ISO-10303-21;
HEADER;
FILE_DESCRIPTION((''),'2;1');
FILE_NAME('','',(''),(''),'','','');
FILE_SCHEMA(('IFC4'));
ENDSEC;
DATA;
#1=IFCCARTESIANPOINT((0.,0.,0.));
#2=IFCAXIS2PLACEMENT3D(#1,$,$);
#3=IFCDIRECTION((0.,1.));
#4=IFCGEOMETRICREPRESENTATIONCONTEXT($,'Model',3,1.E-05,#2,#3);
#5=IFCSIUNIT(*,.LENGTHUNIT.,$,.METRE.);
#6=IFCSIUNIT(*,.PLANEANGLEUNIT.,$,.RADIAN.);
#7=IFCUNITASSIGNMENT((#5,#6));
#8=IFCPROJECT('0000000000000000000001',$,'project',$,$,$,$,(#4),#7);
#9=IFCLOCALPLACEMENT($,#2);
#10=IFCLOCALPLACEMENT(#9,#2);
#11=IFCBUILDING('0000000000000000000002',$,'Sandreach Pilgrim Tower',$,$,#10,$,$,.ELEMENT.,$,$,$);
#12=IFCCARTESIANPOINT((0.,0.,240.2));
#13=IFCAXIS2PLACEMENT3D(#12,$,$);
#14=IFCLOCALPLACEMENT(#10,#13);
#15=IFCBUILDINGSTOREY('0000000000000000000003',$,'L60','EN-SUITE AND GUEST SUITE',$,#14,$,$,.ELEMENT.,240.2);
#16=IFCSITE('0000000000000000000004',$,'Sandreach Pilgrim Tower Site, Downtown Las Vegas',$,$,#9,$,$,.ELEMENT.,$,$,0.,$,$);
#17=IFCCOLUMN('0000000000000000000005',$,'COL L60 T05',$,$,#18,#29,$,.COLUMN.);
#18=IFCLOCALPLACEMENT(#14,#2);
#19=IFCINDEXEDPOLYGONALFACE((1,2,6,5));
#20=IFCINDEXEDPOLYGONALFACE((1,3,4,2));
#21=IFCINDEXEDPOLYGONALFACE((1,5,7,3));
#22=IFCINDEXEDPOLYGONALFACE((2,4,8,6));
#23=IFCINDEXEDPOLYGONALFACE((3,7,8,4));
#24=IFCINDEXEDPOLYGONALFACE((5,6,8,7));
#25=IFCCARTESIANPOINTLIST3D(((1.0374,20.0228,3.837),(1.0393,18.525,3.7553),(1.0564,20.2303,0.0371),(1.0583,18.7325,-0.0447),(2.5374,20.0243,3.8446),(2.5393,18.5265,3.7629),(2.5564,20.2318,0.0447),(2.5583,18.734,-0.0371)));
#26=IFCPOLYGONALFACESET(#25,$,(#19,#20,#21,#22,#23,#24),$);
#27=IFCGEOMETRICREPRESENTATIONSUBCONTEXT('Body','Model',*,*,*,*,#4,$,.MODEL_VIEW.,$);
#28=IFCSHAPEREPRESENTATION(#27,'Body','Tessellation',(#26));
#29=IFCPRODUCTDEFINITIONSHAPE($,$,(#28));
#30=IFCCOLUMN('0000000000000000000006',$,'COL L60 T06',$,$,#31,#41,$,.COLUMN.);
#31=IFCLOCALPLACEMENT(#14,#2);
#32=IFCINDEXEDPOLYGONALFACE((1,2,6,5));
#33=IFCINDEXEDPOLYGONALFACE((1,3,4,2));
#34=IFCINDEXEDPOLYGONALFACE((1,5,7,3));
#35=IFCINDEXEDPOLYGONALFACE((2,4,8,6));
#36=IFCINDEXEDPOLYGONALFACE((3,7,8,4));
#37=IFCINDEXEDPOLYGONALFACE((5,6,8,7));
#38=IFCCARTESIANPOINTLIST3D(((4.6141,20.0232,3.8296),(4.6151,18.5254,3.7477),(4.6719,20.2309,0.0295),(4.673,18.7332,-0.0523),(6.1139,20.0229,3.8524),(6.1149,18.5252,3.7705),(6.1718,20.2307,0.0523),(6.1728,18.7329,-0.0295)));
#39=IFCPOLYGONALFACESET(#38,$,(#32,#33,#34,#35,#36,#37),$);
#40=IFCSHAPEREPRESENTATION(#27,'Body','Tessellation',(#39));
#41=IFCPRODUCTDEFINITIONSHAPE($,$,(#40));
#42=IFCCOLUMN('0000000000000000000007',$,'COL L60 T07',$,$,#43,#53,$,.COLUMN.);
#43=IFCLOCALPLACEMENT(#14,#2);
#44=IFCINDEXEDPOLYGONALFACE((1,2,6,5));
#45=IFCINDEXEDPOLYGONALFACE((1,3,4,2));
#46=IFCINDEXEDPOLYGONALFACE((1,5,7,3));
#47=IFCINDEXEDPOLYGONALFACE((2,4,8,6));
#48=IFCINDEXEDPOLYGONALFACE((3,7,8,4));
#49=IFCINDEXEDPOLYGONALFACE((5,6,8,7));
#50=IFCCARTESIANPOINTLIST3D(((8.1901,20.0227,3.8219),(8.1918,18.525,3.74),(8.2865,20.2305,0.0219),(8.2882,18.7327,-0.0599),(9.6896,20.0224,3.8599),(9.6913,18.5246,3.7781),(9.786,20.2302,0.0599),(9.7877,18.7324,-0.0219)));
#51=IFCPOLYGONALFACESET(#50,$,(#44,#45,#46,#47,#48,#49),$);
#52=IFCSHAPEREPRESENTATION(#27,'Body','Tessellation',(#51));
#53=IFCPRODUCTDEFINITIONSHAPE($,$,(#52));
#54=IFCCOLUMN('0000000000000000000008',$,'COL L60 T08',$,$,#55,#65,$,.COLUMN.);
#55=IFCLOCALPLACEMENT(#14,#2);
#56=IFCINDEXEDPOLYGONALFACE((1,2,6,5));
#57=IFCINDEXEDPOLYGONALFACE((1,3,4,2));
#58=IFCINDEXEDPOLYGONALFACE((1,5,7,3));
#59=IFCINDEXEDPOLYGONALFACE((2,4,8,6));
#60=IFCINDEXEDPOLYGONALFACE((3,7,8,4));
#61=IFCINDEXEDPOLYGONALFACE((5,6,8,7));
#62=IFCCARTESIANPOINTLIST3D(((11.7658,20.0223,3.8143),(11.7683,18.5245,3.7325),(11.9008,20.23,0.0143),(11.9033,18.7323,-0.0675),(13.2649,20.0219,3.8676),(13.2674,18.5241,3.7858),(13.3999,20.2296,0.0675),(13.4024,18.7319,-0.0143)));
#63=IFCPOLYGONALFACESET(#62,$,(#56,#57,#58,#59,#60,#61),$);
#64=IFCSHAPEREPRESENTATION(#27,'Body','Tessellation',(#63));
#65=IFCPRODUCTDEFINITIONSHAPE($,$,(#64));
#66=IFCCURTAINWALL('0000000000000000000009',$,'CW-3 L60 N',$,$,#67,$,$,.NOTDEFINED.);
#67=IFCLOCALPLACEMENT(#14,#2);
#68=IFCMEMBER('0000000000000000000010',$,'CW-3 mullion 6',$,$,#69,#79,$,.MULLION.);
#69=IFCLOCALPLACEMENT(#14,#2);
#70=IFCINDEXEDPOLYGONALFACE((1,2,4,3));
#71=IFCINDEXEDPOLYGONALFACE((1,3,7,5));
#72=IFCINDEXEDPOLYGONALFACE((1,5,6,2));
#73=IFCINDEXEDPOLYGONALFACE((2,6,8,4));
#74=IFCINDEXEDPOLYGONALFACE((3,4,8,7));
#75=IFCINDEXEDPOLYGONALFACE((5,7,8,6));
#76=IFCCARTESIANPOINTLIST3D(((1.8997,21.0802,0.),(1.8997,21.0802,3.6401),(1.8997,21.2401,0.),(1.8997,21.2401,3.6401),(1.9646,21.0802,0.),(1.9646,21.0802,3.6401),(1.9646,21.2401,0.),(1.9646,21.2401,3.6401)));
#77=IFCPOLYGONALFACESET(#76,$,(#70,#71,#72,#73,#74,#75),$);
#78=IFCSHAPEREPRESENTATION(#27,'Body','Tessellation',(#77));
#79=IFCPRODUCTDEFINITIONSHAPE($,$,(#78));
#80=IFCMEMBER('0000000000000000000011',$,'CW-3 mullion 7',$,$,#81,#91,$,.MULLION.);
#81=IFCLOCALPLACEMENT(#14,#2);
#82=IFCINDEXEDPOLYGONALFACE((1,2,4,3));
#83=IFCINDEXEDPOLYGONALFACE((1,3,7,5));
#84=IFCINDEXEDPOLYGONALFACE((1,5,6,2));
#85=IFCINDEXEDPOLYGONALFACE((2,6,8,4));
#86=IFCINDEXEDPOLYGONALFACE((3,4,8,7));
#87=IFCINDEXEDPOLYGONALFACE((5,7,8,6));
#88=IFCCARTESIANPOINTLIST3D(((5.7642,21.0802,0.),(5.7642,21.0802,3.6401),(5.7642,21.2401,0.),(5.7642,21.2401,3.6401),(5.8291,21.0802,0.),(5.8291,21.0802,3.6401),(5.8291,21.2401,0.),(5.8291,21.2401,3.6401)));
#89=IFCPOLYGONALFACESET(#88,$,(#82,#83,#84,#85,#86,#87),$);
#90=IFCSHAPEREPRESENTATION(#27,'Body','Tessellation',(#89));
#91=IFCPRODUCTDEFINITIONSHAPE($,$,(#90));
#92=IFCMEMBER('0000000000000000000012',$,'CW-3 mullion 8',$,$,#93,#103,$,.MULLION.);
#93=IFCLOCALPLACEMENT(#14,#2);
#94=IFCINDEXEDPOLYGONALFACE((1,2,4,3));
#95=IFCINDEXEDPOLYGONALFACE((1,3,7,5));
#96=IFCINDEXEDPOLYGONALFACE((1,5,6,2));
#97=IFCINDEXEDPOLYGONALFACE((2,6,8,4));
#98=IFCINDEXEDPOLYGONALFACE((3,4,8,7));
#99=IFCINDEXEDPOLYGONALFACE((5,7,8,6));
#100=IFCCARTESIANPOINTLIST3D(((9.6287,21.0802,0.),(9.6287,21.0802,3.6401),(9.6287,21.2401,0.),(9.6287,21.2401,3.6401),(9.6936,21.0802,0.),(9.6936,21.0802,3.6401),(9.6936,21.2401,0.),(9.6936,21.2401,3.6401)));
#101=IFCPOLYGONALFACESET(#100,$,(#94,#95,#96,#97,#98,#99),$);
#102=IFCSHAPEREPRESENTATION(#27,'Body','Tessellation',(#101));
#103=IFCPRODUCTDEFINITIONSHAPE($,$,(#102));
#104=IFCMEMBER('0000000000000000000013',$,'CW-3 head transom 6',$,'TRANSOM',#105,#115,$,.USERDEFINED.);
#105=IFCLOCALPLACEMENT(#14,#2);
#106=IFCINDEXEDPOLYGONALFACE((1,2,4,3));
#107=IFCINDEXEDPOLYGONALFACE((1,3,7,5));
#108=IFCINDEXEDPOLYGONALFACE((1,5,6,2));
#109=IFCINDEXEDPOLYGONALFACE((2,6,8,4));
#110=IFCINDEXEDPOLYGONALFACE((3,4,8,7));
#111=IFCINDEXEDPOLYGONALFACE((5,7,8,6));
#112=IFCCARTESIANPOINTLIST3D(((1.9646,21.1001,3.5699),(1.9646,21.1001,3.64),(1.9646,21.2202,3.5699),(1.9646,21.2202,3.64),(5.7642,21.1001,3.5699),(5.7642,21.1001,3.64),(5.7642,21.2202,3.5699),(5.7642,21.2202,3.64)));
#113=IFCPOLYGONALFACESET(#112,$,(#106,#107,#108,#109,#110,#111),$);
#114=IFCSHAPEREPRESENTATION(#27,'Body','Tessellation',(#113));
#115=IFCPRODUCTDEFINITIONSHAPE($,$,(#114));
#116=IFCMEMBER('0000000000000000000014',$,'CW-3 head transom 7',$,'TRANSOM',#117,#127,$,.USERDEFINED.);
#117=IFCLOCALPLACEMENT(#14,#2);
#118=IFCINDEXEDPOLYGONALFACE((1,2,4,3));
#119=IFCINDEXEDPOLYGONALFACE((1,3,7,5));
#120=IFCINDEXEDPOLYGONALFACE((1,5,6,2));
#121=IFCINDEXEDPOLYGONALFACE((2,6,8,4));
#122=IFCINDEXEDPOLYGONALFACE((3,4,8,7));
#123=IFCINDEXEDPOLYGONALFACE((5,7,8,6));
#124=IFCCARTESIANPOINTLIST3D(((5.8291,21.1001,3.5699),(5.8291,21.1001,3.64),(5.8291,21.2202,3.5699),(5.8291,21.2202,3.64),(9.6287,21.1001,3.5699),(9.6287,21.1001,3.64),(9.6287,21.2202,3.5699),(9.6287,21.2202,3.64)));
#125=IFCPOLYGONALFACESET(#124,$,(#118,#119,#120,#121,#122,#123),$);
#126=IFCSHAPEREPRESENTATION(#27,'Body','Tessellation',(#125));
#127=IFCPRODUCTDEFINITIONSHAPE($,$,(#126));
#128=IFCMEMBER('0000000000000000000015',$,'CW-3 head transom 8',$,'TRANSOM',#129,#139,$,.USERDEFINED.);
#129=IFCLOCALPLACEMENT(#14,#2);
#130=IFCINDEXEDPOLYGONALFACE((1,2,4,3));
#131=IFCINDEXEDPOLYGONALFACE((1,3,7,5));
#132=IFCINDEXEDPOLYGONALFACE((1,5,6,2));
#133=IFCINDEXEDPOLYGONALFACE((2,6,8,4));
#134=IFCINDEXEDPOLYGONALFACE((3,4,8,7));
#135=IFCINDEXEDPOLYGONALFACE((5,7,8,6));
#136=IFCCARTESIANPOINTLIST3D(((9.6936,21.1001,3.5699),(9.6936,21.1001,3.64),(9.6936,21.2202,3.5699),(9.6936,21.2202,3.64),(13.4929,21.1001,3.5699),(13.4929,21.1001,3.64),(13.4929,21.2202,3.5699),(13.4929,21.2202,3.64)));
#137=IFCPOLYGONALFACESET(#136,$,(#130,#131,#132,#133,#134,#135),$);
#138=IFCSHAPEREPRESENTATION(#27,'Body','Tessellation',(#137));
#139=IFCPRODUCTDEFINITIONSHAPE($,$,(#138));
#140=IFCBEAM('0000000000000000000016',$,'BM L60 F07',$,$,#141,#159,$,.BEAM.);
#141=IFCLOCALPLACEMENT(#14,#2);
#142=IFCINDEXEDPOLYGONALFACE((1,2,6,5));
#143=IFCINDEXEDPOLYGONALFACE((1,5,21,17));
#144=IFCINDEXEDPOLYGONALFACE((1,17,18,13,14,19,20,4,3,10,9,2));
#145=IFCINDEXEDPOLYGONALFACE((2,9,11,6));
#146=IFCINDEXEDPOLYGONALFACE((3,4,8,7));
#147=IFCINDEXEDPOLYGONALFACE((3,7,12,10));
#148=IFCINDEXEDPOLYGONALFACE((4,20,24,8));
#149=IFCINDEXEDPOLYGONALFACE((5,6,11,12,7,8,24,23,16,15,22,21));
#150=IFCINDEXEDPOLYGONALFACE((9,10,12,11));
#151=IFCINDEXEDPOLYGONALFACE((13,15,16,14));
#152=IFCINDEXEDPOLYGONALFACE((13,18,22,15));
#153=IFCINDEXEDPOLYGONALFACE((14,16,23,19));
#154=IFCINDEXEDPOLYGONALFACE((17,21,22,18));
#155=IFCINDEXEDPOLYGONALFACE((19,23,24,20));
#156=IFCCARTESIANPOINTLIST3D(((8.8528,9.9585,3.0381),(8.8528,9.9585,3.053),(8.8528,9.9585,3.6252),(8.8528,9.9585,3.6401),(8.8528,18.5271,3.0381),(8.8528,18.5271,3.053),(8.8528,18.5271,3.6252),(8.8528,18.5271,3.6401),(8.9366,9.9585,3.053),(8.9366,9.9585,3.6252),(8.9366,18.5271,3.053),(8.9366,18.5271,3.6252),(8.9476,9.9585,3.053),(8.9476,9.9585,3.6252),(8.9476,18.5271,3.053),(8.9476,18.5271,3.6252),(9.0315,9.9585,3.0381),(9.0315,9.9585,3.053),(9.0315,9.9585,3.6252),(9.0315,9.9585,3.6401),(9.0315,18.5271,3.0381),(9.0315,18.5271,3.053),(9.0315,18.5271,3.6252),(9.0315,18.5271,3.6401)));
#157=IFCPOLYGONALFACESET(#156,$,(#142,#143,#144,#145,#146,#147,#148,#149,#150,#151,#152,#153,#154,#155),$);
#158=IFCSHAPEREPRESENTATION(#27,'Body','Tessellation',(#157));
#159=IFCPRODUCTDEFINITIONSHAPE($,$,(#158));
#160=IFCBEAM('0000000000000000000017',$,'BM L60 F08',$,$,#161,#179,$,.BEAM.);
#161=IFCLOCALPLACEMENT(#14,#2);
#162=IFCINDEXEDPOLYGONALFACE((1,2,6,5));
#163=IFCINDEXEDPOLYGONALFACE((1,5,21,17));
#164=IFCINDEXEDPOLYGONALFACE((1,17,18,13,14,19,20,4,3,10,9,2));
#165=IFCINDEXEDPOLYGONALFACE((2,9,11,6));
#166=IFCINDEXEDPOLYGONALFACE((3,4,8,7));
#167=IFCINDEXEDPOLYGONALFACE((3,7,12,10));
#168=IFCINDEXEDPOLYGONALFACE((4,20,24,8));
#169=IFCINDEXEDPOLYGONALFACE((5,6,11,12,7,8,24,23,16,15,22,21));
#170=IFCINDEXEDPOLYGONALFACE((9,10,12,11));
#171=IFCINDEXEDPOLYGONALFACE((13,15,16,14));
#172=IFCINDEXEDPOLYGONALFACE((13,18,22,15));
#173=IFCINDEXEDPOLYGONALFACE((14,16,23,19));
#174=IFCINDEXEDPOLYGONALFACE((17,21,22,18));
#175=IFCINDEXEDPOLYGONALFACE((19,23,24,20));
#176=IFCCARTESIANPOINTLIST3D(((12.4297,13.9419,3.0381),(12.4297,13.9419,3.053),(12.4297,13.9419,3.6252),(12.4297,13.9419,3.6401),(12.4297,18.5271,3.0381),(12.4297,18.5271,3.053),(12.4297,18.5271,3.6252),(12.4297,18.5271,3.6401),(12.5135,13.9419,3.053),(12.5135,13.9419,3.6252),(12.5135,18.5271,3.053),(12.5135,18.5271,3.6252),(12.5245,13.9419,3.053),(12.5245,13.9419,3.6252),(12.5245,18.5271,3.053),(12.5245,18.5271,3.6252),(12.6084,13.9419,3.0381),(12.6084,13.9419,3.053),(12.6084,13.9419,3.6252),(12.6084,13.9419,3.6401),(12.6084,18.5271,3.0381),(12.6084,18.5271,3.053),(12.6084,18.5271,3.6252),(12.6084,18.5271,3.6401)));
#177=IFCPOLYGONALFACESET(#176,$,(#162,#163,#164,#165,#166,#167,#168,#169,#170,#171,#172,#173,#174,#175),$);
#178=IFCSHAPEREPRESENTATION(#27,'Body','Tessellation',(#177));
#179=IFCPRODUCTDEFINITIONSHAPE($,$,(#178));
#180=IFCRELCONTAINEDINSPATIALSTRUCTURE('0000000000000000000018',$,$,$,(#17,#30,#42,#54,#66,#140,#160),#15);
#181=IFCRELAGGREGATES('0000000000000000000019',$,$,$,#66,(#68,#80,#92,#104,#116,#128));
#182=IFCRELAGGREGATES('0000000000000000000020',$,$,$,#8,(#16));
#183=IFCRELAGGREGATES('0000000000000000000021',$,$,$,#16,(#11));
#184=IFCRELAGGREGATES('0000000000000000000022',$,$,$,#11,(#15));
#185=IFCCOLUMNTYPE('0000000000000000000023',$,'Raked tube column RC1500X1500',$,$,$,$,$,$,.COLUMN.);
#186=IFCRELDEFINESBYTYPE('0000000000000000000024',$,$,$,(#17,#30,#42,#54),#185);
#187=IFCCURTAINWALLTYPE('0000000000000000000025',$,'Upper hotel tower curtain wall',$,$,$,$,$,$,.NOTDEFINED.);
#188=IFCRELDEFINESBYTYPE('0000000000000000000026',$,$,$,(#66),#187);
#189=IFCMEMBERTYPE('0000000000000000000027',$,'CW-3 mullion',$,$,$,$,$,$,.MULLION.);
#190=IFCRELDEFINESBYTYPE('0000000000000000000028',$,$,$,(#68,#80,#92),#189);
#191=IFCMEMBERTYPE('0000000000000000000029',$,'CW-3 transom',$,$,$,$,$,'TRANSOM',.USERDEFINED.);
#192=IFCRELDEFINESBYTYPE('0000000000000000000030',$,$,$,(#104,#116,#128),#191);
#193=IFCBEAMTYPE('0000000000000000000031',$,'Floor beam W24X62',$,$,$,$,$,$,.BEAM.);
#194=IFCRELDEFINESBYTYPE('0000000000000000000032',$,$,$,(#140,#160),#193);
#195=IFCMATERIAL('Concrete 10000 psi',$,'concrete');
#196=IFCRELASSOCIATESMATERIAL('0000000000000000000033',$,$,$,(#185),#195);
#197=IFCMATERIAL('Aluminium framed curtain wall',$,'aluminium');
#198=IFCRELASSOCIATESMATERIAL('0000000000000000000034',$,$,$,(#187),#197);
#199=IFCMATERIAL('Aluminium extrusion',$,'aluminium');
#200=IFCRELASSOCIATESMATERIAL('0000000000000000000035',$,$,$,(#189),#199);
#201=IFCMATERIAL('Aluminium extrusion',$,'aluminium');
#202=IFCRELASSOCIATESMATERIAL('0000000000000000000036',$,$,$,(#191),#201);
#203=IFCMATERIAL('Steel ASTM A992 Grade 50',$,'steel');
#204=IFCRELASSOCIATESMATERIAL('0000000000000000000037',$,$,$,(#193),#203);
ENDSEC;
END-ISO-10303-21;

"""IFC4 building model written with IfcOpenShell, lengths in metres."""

from ifc_helpers import new_model, si_unit, direction, frame, origin, origin_2d, place, context, subcontext, project, spatial, rectangle, i_section, extrude, material, material_profile, profile_set, type_object, element, aggregate, save


model = new_model("IFC4")

# Units and contexts
model_context = context("Model", 3, precision=1e-05, world=origin(), true_north=direction((0.0, 1.0)))
body_context = subcontext(model_context, "Body", "Model", "MODEL_VIEW")
ifc_project = project(units=[si_unit("LENGTHUNIT", "METRE"), si_unit("PLANEANGLEUNIT", "RADIAN")], contexts=[model_context])

# Site, building, storey
site_placement = place(None, origin())
site = spatial("IfcSite", under=ifc_project, at=site_placement, Name="Sandreach Pilgrim Tower Site, Downtown Las Vegas", CompositionType="ELEMENT", RefElevation=0.0)
building_placement = place(site_placement, origin())
building = spatial("IfcBuilding", under=site, at=building_placement, Name="Sandreach Pilgrim Tower", CompositionType="ELEMENT")
storey_placement = place(building_placement, frame((0.0, 0.0, 240.2)))
storey = spatial("IfcBuildingStorey", under=building, at=storey_placement, Name="L60", Description="EN-SUITE AND GUEST SUITE", CompositionType="ELEMENT", Elevation=240.2)

# Columns
ifc_material_1 = material(Name="Concrete 10000 psi", Category="concrete")
ifc_material_profile_1 = material_profile(ifc_material_1, rectangle(XDim=1.5, YDim=1.5, at=origin_2d()), Name="RC1500X1500")
ifc_profile_set_1 = profile_set([ifc_material_profile_1], Name="Concrete 10000 psi")
column_type = type_object("IfcColumnType", Name="Raked tube column RC1500X1500", PredefinedType="COLUMN", material=ifc_profile_set_1)
column_1_placement = place(storey_placement, frame((1.8074, 19.4822, 0.0), z_axis=(-0.005004, -0.054528, 0.9985), x_axis=(-0.001277, 0.998512, 0.054522)))
element("IfcColumn", 1, at=column_1_placement, inside=storey, type_object=column_type, Name="COL L60 T05", PredefinedType="COLUMN", context=body_context, shape_type="SweptSolid", body=[
    extrude(rectangle(XDim=1.5, YDim=1.5, at=origin_2d()), origin(), (0.0, 0.0, 1.0), 3.8057),
])
column_2_placement = place(storey_placement, frame((5.4224, 19.4819, 0.0), z_axis=(-0.015202, -0.054586, 0.998393), x_axis=(-0.000674, 0.998509, 0.054582)))
element("IfcColumn", 2, at=column_2_placement, inside=storey, type_object=column_type, Name="COL L60 T06", PredefinedType="COLUMN", context=body_context, shape_type="SweptSolid", body=[
    extrude(rectangle(XDim=1.5, YDim=1.5, at=origin_2d()), origin(), (0.0, 0.0, 1.0), 3.8062),
])
column_3_placement = place(storey_placement, frame((9.0371, 19.4814, 0.0), z_axis=(-0.025331, -0.054575, 0.998188), x_axis=(-0.001152, 0.99851, 0.054563)))
element("IfcColumn", 3, at=column_3_placement, inside=storey, type_object=column_type, Name="COL L60 T07", PredefinedType="COLUMN", context=body_context, shape_type="SweptSolid", body=[
    extrude(rectangle(XDim=1.5, YDim=1.5, at=origin_2d()), origin(), (0.0, 0.0, 1.0), 3.8069),
])
column_4_placement = place(storey_placement, frame((12.6516, 19.481, 0.0), z_axis=(-0.035453, -0.054558, 0.997881), x_axis=(-0.001659, 0.998511, 0.054534)))
element("IfcColumn", 4, at=column_4_placement, inside=storey, type_object=column_type, Name="COL L60 T08", PredefinedType="COLUMN", context=body_context, shape_type="SweptSolid", body=[
    extrude(rectangle(XDim=1.5, YDim=1.5, at=origin_2d()), origin(), (0.0, 0.0, 1.0), 3.8081),
])

# Curtain wall, members
ifc_material_2 = material(Name="Aluminium framed curtain wall", Category="aluminium")
curtain_wall_type = type_object("IfcCurtainWallType", Name="Upper hotel tower curtain wall", PredefinedType="NOTDEFINED", material=ifc_material_2)
curtain_wall_placement = place(storey_placement, origin())
curtain_wall = element("IfcCurtainWall", 5, at=curtain_wall_placement, inside=storey, type_object=curtain_wall_type, Name="CW-3 L60 N", PredefinedType="NOTDEFINED")
ifc_material_3 = material(Name="Aluminium extrusion", Category="aluminium")
ifc_material_profile_2 = material_profile(ifc_material_3, rectangle(XDim=0.0649, YDim=0.1599, at=origin_2d()), Name="CW-3M 65X160")
ifc_profile_set_2 = profile_set([ifc_material_profile_2], Name="Aluminium extrusion")
member_type_1 = type_object("IfcMemberType", Name="CW-3 mullion", PredefinedType="MULLION", material=ifc_profile_set_2)
member_1_placement = place(storey_placement, frame((1.9321, 21.1602, 0.0), z_axis=(0.0, 0.0, 1.0), x_axis=(1.0, 0.0, 0.0)))
member_1 = element("IfcMember", 6, at=member_1_placement, type_object=member_type_1, Name="CW-3 mullion 6", PredefinedType="MULLION", context=body_context, shape_type="SweptSolid", body=[
    extrude(rectangle(XDim=0.0649, YDim=0.1599, at=origin_2d()), origin(), (0.0, 0.0, 1.0), 3.6401),
])
member_2_placement = place(storey_placement, frame((5.7966, 21.1602, 0.0), z_axis=(0.0, 0.0, 1.0), x_axis=(1.0, 0.0, 0.0)))
member_2 = element("IfcMember", 7, at=member_2_placement, type_object=member_type_1, Name="CW-3 mullion 7", PredefinedType="MULLION", context=body_context, shape_type="SweptSolid", body=[
    extrude(rectangle(XDim=0.0649, YDim=0.1599, at=origin_2d()), origin(), (0.0, 0.0, 1.0), 3.6401),
])
member_3_placement = place(storey_placement, frame((9.6611, 21.1602, 0.0), z_axis=(0.0, 0.0, 1.0), x_axis=(1.0, 0.0, 0.0)))
member_3 = element("IfcMember", 8, at=member_3_placement, type_object=member_type_1, Name="CW-3 mullion 8", PredefinedType="MULLION", context=body_context, shape_type="SweptSolid", body=[
    extrude(rectangle(XDim=0.0649, YDim=0.1599, at=origin_2d()), origin(), (0.0, 0.0, 1.0), 3.6401),
])
ifc_material_4 = material(Name="Aluminium extrusion", Category="aluminium")
ifc_material_profile_3 = material_profile(ifc_material_4, rectangle(XDim=0.1201, YDim=0.0701, at=origin_2d()), Name="CW-3T 120X70")
ifc_profile_set_3 = profile_set([ifc_material_profile_3], Name="Aluminium extrusion")
member_type_2 = type_object("IfcMemberType", Name="CW-3 transom", ElementType="TRANSOM", PredefinedType="USERDEFINED", material=ifc_profile_set_3)
member_4_placement = place(storey_placement, frame((1.9646, 21.1602, 3.605), z_axis=(1.0, 0.0, 0.0), x_axis=(0.0, 1.0, 0.0)))
member_4 = element("IfcMember", 9, at=member_4_placement, type_object=member_type_2, Name="CW-3 head transom 6", ObjectType="TRANSOM", PredefinedType="USERDEFINED", context=body_context, shape_type="SweptSolid", body=[
    extrude(rectangle(XDim=0.1201, YDim=0.0701, at=origin_2d()), origin(), (0.0, 0.0, 1.0), 3.7996),
])
member_5_placement = place(storey_placement, frame((5.8291, 21.1602, 3.605), z_axis=(1.0, 0.0, 0.0), x_axis=(0.0, 1.0, 0.0)))
member_5 = element("IfcMember", 10, at=member_5_placement, type_object=member_type_2, Name="CW-3 head transom 7", ObjectType="TRANSOM", PredefinedType="USERDEFINED", context=body_context, shape_type="SweptSolid", body=[
    extrude(rectangle(XDim=0.1201, YDim=0.0701, at=origin_2d()), origin(), (0.0, 0.0, 1.0), 3.7996),
])
member_6_placement = place(storey_placement, frame((9.6936, 21.1602, 3.605), z_axis=(1.0, 0.0, 0.0), x_axis=(0.0, 1.0, 0.0)))
member_6 = element("IfcMember", 11, at=member_6_placement, type_object=member_type_2, Name="CW-3 head transom 8", ObjectType="TRANSOM", PredefinedType="USERDEFINED", context=body_context, shape_type="SweptSolid", body=[
    extrude(rectangle(XDim=0.1201, YDim=0.0701, at=origin_2d()), origin(), (0.0, 0.0, 1.0), 3.7993),
])

# Beams
ifc_material_5 = material(Name="Steel ASTM A992 Grade 50", Category="steel")
ifc_material_profile_4 = material_profile(ifc_material_5, i_section(OverallWidth=0.1787, OverallDepth=0.6021, WebThickness=0.011, FlangeThickness=0.0149, at=origin_2d()), Name="W24X62")
ifc_profile_set_4 = profile_set([ifc_material_profile_4], Name="Steel ASTM A992 Grade 50")
beam_type_1 = type_object("IfcBeamType", Name="Floor beam W24X62", PredefinedType="BEAM", material=ifc_profile_set_4)
beam_1_placement = place(storey_placement, frame((8.9421, 18.5271, 3.3391), z_axis=(0.0, -1.0, 0.0), x_axis=(1.0, 0.0, 0.0)))
element("IfcBeam", 12, at=beam_1_placement, inside=storey, type_object=beam_type_1, Name="BM L60 F07", PredefinedType="BEAM", context=body_context, shape_type="SweptSolid", body=[
    extrude(i_section(OverallWidth=0.1787, OverallDepth=0.6021, WebThickness=0.011, FlangeThickness=0.0149, at=origin_2d()), origin(), (0.0, 0.0, 1.0), 8.5686),
])
beam_2_placement = place(storey_placement, frame((12.519, 18.5271, 3.3391), z_axis=(0.0, -1.0, 0.0), x_axis=(1.0, 0.0, 0.0)))
element("IfcBeam", 13, at=beam_2_placement, inside=storey, type_object=beam_type_1, Name="BM L60 F08", PredefinedType="BEAM", context=body_context, shape_type="SweptSolid", body=[
    extrude(i_section(OverallWidth=0.1787, OverallDepth=0.6021, WebThickness=0.011, FlangeThickness=0.0149, at=origin_2d()), origin(), (0.0, 0.0, 1.0), 4.5852),
])

aggregate(curtain_wall, [member_1, member_2, member_3, member_4, member_5, member_6])

save(model, "model.ifc")
